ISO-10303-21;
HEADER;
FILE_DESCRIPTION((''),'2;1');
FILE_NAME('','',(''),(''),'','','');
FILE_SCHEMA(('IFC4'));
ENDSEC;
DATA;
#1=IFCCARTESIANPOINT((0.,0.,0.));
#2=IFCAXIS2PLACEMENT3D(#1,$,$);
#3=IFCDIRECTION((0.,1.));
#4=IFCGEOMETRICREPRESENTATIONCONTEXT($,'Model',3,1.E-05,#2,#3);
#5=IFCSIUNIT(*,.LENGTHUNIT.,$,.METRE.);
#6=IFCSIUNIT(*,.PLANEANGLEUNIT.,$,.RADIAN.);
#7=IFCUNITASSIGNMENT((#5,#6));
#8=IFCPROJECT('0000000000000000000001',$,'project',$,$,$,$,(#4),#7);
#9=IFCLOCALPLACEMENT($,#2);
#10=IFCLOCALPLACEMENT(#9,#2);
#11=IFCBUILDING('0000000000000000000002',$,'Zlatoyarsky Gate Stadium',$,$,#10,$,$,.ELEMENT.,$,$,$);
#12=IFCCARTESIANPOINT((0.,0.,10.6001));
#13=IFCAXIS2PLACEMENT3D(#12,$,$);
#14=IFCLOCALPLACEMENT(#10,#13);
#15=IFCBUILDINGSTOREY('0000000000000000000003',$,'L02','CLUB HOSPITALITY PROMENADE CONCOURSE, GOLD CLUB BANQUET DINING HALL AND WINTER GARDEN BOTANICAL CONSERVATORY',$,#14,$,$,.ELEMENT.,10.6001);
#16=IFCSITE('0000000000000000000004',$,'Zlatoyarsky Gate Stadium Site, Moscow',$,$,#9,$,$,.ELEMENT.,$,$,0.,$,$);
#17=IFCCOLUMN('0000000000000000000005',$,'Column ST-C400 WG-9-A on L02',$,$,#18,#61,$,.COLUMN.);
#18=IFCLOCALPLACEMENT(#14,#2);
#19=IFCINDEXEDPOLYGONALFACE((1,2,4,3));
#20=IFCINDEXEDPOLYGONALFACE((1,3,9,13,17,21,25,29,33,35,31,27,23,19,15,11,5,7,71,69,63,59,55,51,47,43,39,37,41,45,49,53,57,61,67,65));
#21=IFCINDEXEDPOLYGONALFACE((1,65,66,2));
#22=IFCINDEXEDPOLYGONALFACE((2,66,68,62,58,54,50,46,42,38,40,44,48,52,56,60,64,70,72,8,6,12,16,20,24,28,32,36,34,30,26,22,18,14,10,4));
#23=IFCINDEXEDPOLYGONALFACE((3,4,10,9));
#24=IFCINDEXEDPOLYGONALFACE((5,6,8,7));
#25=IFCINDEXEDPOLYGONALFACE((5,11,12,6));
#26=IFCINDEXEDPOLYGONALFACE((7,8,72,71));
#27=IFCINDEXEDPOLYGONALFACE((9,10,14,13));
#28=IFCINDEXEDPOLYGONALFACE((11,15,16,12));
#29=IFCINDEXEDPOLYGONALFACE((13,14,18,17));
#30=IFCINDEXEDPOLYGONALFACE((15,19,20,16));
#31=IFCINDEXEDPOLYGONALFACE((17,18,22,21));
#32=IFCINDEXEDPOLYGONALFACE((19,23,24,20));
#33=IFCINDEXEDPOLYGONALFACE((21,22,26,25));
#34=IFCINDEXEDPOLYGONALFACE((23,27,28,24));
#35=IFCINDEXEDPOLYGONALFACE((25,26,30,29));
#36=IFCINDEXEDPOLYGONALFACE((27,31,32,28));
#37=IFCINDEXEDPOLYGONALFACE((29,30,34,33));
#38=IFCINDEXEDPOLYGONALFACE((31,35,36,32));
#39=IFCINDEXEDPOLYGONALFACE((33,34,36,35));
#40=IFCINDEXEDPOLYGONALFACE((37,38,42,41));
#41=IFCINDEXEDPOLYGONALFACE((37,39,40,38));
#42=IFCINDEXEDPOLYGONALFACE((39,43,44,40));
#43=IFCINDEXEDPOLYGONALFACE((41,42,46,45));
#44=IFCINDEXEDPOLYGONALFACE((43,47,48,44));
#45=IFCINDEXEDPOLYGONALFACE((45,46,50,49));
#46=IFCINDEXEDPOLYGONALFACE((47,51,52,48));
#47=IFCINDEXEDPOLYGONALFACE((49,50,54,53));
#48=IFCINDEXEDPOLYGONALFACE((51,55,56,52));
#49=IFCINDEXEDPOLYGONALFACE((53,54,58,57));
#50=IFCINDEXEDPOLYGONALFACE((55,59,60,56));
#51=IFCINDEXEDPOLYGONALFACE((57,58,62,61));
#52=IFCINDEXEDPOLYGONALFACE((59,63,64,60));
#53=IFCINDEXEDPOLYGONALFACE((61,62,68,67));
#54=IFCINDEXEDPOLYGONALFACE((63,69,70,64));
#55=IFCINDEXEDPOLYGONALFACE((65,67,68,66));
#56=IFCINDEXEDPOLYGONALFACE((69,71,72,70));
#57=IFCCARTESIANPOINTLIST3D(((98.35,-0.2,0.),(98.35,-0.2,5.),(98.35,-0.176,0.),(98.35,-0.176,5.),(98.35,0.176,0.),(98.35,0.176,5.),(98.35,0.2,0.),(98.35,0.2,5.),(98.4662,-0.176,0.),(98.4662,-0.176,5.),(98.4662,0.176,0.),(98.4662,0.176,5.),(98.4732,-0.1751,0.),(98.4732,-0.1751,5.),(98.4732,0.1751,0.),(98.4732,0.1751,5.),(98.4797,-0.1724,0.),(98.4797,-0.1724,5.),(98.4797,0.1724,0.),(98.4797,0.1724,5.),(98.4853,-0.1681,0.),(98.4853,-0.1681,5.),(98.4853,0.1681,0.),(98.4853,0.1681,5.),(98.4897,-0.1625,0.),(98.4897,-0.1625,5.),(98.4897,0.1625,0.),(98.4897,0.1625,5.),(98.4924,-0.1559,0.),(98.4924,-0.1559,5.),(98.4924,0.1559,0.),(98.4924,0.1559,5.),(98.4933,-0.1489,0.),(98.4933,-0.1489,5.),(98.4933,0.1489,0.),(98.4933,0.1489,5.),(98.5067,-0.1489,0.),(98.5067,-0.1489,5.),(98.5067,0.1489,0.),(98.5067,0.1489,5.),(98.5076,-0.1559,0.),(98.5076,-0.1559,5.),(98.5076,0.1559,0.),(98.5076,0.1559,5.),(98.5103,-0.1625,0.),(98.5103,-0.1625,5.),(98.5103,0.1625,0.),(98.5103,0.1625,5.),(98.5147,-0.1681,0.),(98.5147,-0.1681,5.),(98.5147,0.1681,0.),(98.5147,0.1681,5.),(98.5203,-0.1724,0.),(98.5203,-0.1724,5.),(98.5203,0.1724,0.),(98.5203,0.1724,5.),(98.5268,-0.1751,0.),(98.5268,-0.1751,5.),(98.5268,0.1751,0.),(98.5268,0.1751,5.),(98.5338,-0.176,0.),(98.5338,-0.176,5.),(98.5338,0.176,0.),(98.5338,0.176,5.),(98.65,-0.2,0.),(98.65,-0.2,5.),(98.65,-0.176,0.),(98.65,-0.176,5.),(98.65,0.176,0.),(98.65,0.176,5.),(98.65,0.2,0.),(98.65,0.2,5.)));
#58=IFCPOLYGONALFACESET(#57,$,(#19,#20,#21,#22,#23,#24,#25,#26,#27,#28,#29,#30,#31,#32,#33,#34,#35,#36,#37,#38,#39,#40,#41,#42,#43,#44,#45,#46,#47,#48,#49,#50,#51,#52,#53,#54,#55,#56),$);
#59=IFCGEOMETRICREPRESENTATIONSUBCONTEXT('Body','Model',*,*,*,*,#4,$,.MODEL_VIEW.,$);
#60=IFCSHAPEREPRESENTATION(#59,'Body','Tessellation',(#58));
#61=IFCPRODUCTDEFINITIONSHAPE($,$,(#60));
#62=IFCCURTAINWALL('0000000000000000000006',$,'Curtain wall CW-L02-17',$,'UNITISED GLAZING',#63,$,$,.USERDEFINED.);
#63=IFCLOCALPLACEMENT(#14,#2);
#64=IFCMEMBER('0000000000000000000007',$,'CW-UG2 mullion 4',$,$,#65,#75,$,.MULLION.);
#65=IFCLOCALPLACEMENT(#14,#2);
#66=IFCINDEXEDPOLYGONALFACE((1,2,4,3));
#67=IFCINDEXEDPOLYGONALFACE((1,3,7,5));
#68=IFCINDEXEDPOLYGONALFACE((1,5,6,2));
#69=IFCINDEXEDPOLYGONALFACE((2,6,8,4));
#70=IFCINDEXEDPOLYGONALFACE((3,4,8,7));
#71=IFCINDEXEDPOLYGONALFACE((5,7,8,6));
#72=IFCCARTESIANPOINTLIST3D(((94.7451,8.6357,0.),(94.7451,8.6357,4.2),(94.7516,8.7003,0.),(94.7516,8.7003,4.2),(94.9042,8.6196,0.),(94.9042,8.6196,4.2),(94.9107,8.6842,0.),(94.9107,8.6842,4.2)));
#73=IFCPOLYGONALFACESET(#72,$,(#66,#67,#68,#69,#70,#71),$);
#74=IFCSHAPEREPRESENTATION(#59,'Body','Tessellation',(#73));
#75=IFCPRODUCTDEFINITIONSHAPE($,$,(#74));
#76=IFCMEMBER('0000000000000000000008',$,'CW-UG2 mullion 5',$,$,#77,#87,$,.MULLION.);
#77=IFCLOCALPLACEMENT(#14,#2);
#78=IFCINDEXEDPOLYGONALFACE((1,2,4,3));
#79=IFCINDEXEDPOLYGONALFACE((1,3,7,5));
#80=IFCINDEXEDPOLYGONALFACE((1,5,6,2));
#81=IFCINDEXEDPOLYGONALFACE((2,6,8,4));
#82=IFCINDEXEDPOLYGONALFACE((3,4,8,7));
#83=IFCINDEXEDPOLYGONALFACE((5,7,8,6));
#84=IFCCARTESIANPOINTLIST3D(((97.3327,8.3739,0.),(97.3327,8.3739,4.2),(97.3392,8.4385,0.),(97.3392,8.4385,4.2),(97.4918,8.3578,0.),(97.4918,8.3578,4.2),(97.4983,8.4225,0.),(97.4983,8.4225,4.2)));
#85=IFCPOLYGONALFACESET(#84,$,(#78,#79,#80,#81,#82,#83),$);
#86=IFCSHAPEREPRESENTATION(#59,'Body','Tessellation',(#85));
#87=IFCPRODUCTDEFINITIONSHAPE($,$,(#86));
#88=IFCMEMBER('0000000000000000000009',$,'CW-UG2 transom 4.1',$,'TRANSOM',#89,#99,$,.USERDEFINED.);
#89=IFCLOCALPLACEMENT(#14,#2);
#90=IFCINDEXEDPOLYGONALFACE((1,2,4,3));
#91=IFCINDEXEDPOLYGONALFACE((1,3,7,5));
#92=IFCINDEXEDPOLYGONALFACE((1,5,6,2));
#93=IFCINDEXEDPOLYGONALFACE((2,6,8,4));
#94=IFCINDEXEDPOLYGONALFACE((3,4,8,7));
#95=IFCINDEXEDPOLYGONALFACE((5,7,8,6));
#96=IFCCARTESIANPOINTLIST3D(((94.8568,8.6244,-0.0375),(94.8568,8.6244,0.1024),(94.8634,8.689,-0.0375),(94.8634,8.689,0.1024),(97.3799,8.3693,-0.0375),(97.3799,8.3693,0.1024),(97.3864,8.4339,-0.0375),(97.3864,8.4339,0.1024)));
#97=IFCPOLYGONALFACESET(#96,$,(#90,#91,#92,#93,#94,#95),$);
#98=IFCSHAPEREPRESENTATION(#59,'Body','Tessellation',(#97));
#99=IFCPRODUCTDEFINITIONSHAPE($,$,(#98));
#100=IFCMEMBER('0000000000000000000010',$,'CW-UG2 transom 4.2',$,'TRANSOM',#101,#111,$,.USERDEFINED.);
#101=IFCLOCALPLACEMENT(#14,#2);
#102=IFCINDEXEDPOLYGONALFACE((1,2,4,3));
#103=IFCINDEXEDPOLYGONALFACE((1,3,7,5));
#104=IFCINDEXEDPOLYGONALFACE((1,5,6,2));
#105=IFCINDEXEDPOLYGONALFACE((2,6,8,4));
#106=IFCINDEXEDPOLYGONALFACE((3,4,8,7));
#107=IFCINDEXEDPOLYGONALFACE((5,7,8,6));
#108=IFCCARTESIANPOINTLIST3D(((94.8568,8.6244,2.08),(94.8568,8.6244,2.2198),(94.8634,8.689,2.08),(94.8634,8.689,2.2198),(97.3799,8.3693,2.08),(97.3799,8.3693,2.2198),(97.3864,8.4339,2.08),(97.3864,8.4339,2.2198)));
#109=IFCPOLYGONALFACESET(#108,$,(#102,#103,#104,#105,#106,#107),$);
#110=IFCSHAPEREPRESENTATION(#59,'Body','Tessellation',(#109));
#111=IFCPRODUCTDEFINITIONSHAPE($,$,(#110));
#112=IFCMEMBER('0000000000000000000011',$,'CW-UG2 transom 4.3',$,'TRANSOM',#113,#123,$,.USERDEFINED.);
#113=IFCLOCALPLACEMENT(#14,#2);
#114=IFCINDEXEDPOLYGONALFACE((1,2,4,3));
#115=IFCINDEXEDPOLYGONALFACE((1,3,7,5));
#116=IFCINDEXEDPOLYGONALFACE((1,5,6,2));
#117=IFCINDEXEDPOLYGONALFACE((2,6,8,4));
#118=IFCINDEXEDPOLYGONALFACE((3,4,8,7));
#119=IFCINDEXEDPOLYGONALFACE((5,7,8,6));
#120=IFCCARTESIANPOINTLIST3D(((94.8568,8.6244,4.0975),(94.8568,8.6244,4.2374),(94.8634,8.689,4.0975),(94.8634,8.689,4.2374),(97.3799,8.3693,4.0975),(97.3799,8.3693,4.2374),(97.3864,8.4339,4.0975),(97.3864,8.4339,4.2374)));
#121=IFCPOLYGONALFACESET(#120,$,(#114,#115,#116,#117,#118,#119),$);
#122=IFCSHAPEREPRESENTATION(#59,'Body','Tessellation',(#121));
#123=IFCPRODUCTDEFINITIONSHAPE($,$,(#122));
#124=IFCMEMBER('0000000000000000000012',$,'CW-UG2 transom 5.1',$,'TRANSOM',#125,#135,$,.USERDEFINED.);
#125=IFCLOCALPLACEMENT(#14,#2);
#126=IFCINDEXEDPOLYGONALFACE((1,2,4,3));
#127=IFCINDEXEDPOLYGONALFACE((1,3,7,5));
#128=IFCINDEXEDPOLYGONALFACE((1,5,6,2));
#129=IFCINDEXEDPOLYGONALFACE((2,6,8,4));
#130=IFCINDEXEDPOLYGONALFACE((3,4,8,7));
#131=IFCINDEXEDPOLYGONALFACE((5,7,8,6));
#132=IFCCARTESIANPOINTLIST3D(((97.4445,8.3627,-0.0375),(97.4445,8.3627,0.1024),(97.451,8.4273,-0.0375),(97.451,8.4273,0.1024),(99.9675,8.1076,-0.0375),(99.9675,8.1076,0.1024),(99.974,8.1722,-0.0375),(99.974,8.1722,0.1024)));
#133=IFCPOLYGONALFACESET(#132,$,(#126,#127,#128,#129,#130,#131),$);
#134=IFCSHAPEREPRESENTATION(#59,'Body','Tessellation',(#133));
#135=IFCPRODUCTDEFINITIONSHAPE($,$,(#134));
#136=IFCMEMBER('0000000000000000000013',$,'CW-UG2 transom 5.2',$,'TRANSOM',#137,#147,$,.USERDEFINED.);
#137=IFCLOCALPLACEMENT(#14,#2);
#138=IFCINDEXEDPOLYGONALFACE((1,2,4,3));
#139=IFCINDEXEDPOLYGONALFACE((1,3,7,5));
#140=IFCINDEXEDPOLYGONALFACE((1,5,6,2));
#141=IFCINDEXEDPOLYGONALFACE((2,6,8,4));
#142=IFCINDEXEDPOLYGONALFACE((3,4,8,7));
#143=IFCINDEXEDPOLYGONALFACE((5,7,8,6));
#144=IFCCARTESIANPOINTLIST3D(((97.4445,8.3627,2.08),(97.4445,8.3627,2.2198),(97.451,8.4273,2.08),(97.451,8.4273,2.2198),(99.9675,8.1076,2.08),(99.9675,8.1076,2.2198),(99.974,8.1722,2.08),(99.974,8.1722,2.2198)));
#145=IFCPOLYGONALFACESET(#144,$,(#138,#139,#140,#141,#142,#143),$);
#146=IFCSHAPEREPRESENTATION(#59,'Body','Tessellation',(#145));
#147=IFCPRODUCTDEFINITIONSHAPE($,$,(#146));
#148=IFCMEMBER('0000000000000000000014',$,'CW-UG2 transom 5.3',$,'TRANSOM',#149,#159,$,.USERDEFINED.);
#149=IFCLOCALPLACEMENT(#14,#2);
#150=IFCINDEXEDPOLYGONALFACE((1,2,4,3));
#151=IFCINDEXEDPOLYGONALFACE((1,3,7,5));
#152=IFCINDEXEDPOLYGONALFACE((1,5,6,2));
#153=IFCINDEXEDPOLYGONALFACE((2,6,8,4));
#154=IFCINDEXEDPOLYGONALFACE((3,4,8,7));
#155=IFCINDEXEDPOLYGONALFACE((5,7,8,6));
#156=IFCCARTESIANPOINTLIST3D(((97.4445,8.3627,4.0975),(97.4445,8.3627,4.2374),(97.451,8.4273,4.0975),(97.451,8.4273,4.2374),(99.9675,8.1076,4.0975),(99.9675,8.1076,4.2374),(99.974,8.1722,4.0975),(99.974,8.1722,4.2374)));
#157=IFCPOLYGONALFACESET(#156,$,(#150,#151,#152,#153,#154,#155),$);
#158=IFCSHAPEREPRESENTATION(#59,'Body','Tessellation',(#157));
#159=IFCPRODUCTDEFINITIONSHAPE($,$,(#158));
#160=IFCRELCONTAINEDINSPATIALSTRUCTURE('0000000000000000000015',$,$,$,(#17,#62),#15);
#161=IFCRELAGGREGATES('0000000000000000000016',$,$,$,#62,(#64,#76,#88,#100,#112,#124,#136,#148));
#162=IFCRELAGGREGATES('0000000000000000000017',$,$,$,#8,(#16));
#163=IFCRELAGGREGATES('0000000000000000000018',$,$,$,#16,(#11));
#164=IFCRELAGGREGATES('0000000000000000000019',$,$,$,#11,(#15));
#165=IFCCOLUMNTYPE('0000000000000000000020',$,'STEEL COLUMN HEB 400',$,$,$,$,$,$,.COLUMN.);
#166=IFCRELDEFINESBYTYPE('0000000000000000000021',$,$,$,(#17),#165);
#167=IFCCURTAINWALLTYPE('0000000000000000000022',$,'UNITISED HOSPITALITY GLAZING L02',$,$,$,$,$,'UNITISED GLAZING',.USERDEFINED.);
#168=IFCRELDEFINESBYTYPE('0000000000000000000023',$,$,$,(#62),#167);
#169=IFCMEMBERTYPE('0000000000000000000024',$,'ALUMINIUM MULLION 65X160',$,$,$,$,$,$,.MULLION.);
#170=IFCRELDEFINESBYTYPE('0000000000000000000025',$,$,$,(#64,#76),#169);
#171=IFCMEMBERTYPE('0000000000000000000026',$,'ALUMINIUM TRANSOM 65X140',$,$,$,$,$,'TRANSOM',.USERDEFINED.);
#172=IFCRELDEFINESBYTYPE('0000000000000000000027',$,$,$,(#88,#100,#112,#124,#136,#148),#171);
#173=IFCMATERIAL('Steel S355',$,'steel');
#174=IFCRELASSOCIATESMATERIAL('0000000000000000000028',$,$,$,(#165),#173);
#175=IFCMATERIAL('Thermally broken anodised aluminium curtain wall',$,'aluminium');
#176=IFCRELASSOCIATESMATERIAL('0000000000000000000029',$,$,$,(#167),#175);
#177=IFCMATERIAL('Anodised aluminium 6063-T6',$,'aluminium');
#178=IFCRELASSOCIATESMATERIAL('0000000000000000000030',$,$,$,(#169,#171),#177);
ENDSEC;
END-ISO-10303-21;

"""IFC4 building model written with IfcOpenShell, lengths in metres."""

from ifc_helpers import new_model, si_unit, direction, frame, origin, origin_2d, place, context, subcontext, project, spatial, rectangle, i_section, extrude, material, material_profile, profile_set, type_object, element, aggregate, save


model = new_model("IFC4")

# Units and contexts
model_context = context("Model", 3, precision=1e-05, world=origin(), true_north=direction((0.0, 1.0)))
body_context = subcontext(model_context, "Body", "Model", "MODEL_VIEW")
ifc_project = project(units=[si_unit("LENGTHUNIT", "METRE"), si_unit("PLANEANGLEUNIT", "RADIAN")], contexts=[model_context])

# Site, building, storey
site_placement = place(None, origin())
site = spatial("IfcSite", under=ifc_project, at=site_placement, Name="Zlatoyarsky Gate Stadium Site, Moscow", CompositionType="ELEMENT", RefElevation=0.0)
building_placement = place(site_placement, origin())
building = spatial("IfcBuilding", under=site, at=building_placement, Name="Zlatoyarsky Gate Stadium", CompositionType="ELEMENT")
storey_placement = place(building_placement, frame((0.0, 0.0, 10.6001)))
storey = spatial("IfcBuildingStorey", under=building, at=storey_placement, Name="L02", Description="CLUB HOSPITALITY PROMENADE CONCOURSE, GOLD CLUB BANQUET DINING HALL AND WINTER GARDEN BOTANICAL CONSERVATORY", CompositionType="ELEMENT", Elevation=10.6001)

# Column
ifc_material_1 = material(Name="Steel S355", Category="steel")
ifc_material_profile_1 = material_profile(ifc_material_1, i_section(OverallWidth=0.3, OverallDepth=0.3999, WebThickness=0.0134, FlangeThickness=0.0239, FilletRadius=0.0271, at=origin_2d()), Name="HEB 400")
ifc_profile_set_1 = profile_set([ifc_material_profile_1], Name="Steel S355")
column_type = type_object("IfcColumnType", Name="STEEL COLUMN HEB 400", PredefinedType="COLUMN", material=ifc_profile_set_1)
column_placement = place(storey_placement, frame((98.5, 0.0, 0.0), z_axis=(0.0, 0.0, 1.0), x_axis=(1.0, 0.0, 0.0)))
element("IfcColumn", 1, at=column_placement, inside=storey, type_object=column_type, Name="Column ST-C400 WG-9-A on L02", PredefinedType="COLUMN", context=body_context, shape_type="SweptSolid", body=[
    extrude(i_section(OverallWidth=0.3, OverallDepth=0.3999, WebThickness=0.0134, FlangeThickness=0.0239, FilletRadius=0.0271, at=origin_2d()), origin(), (0.0, 0.0, 1.0), 5.0),
])

# Curtain wall, members
ifc_material_2 = material(Name="Thermally broken anodised aluminium curtain wall", Category="aluminium")
curtain_wall_type = type_object("IfcCurtainWallType", Name="UNITISED HOSPITALITY GLAZING L02", ElementType="UNITISED GLAZING", PredefinedType="USERDEFINED", material=ifc_material_2)
curtain_wall_placement = place(storey_placement, origin())
curtain_wall = element("IfcCurtainWall", 2, at=curtain_wall_placement, inside=storey, type_object=curtain_wall_type, Name="Curtain wall CW-L02-17", ObjectType="UNITISED GLAZING", PredefinedType="USERDEFINED")
ifc_material_3 = material(Name="Anodised aluminium 6063-T6", Category="aluminium")
ifc_material_profile_2 = material_profile(ifc_material_3, rectangle(XDim=0.0649, YDim=0.1599, at=origin_2d()), Name="ALU 65X160")
ifc_profile_set_2 = profile_set([ifc_material_profile_2], Name="Anodised aluminium 6063-T6")
member_type_1 = type_object("IfcMemberType", Name="ALUMINIUM MULLION 65X160", PredefinedType="MULLION", material=ifc_profile_set_2)
member_1_placement = place(storey_placement, frame((94.8279, 8.6599, 0.0), z_axis=(0.0, 0.0, 1.0), x_axis=(0.100645, 0.994922, 0.0)))
member_1 = element("IfcMember", 3, at=member_1_placement, type_object=member_type_1, Name="CW-UG2 mullion 4", PredefinedType="MULLION", context=body_context, shape_type="SweptSolid", body=[
    extrude(rectangle(XDim=0.0649, YDim=0.1599, at=origin_2d()), origin(), (0.0, 0.0, 1.0), 4.2),
])
member_2_placement = place(storey_placement, frame((97.4155, 8.3982, 0.0), z_axis=(0.0, 0.0, 1.0), x_axis=(0.100645, 0.994922, 0.0)))
member_2 = element("IfcMember", 4, at=member_2_placement, type_object=member_type_1, Name="CW-UG2 mullion 5", PredefinedType="MULLION", context=body_context, shape_type="SweptSolid", body=[
    extrude(rectangle(XDim=0.0649, YDim=0.1599, at=origin_2d()), origin(), (0.0, 0.0, 1.0), 4.2),
])
ifc_material_profile_3 = material_profile(ifc_material_3, rectangle(XDim=0.0649, YDim=0.1399, at=origin_2d()), Name="ALU 65X140")
ifc_profile_set_3 = profile_set([ifc_material_profile_3], Name="Anodised aluminium 6063-T6")
member_type_2 = type_object("IfcMemberType", Name="ALUMINIUM TRANSOM 65X140", ElementType="TRANSOM", PredefinedType="USERDEFINED", material=ifc_profile_set_3)
member_3_placement = place(storey_placement, frame((94.8601, 8.6567, 0.0325), z_axis=(0.994926, -0.100609, 0.0), x_axis=(0.100609, 0.994926, 0.0)))
member_3 = element("IfcMember", 5, at=member_3_placement, type_object=member_type_2, Name="CW-UG2 transom 4.1", ObjectType="TRANSOM", PredefinedType="USERDEFINED", context=body_context, shape_type="SweptSolid", body=[
    extrude(rectangle(XDim=0.0649, YDim=0.1399, at=origin_2d()), origin(), (0.0, 0.0, 1.0), 2.5359),
])
member_4_placement = place(storey_placement, frame((94.8601, 8.6567, 2.1499), z_axis=(0.994926, -0.100609, 0.0), x_axis=(0.100609, 0.994926, 0.0)))
member_4 = element("IfcMember", 6, at=member_4_placement, type_object=member_type_2, Name="CW-UG2 transom 4.2", ObjectType="TRANSOM", PredefinedType="USERDEFINED", context=body_context, shape_type="SweptSolid", body=[
    extrude(rectangle(XDim=0.0649, YDim=0.1399, at=origin_2d()), origin(), (0.0, 0.0, 1.0), 2.5359),
])
member_5_placement = place(storey_placement, frame((94.8601, 8.6567, 4.1675), z_axis=(0.994926, -0.100609, 0.0), x_axis=(0.100609, 0.994926, 0.0)))
member_5 = element("IfcMember", 7, at=member_5_placement, type_object=member_type_2, Name="CW-UG2 transom 4.3", ObjectType="TRANSOM", PredefinedType="USERDEFINED", context=body_context, shape_type="SweptSolid", body=[
    extrude(rectangle(XDim=0.0649, YDim=0.1399, at=origin_2d()), origin(), (0.0, 0.0, 1.0), 2.5359),
])
member_6_placement = place(storey_placement, frame((97.4478, 8.395, 0.0325), z_axis=(0.994926, -0.100609, 0.0), x_axis=(0.100609, 0.994926, 0.0)))
member_6 = element("IfcMember", 8, at=member_6_placement, type_object=member_type_2, Name="CW-UG2 transom 5.1", ObjectType="TRANSOM", PredefinedType="USERDEFINED", context=body_context, shape_type="SweptSolid", body=[
    extrude(rectangle(XDim=0.0649, YDim=0.1399, at=origin_2d()), origin(), (0.0, 0.0, 1.0), 2.5359),
])
member_7_placement = place(storey_placement, frame((97.4478, 8.395, 2.1499), z_axis=(0.994926, -0.100609, 0.0), x_axis=(0.100609, 0.994926, 0.0)))
member_7 = element("IfcMember", 9, at=member_7_placement, type_object=member_type_2, Name="CW-UG2 transom 5.2", ObjectType="TRANSOM", PredefinedType="USERDEFINED", context=body_context, shape_type="SweptSolid", body=[
    extrude(rectangle(XDim=0.0649, YDim=0.1399, at=origin_2d()), origin(), (0.0, 0.0, 1.0), 2.5359),
])
member_8_placement = place(storey_placement, frame((97.4478, 8.395, 4.1675), z_axis=(0.994926, -0.100609, 0.0), x_axis=(0.100609, 0.994926, 0.0)))
member_8 = element("IfcMember", 10, at=member_8_placement, type_object=member_type_2, Name="CW-UG2 transom 5.3", ObjectType="TRANSOM", PredefinedType="USERDEFINED", context=body_context, shape_type="SweptSolid", body=[
    extrude(rectangle(XDim=0.0649, YDim=0.1399, at=origin_2d()), origin(), (0.0, 0.0, 1.0), 2.5359),
])

aggregate(curtain_wall, [member_1, member_2, member_3, member_4, member_5, member_6, member_7, member_8])

save(model, "model.ifc")
